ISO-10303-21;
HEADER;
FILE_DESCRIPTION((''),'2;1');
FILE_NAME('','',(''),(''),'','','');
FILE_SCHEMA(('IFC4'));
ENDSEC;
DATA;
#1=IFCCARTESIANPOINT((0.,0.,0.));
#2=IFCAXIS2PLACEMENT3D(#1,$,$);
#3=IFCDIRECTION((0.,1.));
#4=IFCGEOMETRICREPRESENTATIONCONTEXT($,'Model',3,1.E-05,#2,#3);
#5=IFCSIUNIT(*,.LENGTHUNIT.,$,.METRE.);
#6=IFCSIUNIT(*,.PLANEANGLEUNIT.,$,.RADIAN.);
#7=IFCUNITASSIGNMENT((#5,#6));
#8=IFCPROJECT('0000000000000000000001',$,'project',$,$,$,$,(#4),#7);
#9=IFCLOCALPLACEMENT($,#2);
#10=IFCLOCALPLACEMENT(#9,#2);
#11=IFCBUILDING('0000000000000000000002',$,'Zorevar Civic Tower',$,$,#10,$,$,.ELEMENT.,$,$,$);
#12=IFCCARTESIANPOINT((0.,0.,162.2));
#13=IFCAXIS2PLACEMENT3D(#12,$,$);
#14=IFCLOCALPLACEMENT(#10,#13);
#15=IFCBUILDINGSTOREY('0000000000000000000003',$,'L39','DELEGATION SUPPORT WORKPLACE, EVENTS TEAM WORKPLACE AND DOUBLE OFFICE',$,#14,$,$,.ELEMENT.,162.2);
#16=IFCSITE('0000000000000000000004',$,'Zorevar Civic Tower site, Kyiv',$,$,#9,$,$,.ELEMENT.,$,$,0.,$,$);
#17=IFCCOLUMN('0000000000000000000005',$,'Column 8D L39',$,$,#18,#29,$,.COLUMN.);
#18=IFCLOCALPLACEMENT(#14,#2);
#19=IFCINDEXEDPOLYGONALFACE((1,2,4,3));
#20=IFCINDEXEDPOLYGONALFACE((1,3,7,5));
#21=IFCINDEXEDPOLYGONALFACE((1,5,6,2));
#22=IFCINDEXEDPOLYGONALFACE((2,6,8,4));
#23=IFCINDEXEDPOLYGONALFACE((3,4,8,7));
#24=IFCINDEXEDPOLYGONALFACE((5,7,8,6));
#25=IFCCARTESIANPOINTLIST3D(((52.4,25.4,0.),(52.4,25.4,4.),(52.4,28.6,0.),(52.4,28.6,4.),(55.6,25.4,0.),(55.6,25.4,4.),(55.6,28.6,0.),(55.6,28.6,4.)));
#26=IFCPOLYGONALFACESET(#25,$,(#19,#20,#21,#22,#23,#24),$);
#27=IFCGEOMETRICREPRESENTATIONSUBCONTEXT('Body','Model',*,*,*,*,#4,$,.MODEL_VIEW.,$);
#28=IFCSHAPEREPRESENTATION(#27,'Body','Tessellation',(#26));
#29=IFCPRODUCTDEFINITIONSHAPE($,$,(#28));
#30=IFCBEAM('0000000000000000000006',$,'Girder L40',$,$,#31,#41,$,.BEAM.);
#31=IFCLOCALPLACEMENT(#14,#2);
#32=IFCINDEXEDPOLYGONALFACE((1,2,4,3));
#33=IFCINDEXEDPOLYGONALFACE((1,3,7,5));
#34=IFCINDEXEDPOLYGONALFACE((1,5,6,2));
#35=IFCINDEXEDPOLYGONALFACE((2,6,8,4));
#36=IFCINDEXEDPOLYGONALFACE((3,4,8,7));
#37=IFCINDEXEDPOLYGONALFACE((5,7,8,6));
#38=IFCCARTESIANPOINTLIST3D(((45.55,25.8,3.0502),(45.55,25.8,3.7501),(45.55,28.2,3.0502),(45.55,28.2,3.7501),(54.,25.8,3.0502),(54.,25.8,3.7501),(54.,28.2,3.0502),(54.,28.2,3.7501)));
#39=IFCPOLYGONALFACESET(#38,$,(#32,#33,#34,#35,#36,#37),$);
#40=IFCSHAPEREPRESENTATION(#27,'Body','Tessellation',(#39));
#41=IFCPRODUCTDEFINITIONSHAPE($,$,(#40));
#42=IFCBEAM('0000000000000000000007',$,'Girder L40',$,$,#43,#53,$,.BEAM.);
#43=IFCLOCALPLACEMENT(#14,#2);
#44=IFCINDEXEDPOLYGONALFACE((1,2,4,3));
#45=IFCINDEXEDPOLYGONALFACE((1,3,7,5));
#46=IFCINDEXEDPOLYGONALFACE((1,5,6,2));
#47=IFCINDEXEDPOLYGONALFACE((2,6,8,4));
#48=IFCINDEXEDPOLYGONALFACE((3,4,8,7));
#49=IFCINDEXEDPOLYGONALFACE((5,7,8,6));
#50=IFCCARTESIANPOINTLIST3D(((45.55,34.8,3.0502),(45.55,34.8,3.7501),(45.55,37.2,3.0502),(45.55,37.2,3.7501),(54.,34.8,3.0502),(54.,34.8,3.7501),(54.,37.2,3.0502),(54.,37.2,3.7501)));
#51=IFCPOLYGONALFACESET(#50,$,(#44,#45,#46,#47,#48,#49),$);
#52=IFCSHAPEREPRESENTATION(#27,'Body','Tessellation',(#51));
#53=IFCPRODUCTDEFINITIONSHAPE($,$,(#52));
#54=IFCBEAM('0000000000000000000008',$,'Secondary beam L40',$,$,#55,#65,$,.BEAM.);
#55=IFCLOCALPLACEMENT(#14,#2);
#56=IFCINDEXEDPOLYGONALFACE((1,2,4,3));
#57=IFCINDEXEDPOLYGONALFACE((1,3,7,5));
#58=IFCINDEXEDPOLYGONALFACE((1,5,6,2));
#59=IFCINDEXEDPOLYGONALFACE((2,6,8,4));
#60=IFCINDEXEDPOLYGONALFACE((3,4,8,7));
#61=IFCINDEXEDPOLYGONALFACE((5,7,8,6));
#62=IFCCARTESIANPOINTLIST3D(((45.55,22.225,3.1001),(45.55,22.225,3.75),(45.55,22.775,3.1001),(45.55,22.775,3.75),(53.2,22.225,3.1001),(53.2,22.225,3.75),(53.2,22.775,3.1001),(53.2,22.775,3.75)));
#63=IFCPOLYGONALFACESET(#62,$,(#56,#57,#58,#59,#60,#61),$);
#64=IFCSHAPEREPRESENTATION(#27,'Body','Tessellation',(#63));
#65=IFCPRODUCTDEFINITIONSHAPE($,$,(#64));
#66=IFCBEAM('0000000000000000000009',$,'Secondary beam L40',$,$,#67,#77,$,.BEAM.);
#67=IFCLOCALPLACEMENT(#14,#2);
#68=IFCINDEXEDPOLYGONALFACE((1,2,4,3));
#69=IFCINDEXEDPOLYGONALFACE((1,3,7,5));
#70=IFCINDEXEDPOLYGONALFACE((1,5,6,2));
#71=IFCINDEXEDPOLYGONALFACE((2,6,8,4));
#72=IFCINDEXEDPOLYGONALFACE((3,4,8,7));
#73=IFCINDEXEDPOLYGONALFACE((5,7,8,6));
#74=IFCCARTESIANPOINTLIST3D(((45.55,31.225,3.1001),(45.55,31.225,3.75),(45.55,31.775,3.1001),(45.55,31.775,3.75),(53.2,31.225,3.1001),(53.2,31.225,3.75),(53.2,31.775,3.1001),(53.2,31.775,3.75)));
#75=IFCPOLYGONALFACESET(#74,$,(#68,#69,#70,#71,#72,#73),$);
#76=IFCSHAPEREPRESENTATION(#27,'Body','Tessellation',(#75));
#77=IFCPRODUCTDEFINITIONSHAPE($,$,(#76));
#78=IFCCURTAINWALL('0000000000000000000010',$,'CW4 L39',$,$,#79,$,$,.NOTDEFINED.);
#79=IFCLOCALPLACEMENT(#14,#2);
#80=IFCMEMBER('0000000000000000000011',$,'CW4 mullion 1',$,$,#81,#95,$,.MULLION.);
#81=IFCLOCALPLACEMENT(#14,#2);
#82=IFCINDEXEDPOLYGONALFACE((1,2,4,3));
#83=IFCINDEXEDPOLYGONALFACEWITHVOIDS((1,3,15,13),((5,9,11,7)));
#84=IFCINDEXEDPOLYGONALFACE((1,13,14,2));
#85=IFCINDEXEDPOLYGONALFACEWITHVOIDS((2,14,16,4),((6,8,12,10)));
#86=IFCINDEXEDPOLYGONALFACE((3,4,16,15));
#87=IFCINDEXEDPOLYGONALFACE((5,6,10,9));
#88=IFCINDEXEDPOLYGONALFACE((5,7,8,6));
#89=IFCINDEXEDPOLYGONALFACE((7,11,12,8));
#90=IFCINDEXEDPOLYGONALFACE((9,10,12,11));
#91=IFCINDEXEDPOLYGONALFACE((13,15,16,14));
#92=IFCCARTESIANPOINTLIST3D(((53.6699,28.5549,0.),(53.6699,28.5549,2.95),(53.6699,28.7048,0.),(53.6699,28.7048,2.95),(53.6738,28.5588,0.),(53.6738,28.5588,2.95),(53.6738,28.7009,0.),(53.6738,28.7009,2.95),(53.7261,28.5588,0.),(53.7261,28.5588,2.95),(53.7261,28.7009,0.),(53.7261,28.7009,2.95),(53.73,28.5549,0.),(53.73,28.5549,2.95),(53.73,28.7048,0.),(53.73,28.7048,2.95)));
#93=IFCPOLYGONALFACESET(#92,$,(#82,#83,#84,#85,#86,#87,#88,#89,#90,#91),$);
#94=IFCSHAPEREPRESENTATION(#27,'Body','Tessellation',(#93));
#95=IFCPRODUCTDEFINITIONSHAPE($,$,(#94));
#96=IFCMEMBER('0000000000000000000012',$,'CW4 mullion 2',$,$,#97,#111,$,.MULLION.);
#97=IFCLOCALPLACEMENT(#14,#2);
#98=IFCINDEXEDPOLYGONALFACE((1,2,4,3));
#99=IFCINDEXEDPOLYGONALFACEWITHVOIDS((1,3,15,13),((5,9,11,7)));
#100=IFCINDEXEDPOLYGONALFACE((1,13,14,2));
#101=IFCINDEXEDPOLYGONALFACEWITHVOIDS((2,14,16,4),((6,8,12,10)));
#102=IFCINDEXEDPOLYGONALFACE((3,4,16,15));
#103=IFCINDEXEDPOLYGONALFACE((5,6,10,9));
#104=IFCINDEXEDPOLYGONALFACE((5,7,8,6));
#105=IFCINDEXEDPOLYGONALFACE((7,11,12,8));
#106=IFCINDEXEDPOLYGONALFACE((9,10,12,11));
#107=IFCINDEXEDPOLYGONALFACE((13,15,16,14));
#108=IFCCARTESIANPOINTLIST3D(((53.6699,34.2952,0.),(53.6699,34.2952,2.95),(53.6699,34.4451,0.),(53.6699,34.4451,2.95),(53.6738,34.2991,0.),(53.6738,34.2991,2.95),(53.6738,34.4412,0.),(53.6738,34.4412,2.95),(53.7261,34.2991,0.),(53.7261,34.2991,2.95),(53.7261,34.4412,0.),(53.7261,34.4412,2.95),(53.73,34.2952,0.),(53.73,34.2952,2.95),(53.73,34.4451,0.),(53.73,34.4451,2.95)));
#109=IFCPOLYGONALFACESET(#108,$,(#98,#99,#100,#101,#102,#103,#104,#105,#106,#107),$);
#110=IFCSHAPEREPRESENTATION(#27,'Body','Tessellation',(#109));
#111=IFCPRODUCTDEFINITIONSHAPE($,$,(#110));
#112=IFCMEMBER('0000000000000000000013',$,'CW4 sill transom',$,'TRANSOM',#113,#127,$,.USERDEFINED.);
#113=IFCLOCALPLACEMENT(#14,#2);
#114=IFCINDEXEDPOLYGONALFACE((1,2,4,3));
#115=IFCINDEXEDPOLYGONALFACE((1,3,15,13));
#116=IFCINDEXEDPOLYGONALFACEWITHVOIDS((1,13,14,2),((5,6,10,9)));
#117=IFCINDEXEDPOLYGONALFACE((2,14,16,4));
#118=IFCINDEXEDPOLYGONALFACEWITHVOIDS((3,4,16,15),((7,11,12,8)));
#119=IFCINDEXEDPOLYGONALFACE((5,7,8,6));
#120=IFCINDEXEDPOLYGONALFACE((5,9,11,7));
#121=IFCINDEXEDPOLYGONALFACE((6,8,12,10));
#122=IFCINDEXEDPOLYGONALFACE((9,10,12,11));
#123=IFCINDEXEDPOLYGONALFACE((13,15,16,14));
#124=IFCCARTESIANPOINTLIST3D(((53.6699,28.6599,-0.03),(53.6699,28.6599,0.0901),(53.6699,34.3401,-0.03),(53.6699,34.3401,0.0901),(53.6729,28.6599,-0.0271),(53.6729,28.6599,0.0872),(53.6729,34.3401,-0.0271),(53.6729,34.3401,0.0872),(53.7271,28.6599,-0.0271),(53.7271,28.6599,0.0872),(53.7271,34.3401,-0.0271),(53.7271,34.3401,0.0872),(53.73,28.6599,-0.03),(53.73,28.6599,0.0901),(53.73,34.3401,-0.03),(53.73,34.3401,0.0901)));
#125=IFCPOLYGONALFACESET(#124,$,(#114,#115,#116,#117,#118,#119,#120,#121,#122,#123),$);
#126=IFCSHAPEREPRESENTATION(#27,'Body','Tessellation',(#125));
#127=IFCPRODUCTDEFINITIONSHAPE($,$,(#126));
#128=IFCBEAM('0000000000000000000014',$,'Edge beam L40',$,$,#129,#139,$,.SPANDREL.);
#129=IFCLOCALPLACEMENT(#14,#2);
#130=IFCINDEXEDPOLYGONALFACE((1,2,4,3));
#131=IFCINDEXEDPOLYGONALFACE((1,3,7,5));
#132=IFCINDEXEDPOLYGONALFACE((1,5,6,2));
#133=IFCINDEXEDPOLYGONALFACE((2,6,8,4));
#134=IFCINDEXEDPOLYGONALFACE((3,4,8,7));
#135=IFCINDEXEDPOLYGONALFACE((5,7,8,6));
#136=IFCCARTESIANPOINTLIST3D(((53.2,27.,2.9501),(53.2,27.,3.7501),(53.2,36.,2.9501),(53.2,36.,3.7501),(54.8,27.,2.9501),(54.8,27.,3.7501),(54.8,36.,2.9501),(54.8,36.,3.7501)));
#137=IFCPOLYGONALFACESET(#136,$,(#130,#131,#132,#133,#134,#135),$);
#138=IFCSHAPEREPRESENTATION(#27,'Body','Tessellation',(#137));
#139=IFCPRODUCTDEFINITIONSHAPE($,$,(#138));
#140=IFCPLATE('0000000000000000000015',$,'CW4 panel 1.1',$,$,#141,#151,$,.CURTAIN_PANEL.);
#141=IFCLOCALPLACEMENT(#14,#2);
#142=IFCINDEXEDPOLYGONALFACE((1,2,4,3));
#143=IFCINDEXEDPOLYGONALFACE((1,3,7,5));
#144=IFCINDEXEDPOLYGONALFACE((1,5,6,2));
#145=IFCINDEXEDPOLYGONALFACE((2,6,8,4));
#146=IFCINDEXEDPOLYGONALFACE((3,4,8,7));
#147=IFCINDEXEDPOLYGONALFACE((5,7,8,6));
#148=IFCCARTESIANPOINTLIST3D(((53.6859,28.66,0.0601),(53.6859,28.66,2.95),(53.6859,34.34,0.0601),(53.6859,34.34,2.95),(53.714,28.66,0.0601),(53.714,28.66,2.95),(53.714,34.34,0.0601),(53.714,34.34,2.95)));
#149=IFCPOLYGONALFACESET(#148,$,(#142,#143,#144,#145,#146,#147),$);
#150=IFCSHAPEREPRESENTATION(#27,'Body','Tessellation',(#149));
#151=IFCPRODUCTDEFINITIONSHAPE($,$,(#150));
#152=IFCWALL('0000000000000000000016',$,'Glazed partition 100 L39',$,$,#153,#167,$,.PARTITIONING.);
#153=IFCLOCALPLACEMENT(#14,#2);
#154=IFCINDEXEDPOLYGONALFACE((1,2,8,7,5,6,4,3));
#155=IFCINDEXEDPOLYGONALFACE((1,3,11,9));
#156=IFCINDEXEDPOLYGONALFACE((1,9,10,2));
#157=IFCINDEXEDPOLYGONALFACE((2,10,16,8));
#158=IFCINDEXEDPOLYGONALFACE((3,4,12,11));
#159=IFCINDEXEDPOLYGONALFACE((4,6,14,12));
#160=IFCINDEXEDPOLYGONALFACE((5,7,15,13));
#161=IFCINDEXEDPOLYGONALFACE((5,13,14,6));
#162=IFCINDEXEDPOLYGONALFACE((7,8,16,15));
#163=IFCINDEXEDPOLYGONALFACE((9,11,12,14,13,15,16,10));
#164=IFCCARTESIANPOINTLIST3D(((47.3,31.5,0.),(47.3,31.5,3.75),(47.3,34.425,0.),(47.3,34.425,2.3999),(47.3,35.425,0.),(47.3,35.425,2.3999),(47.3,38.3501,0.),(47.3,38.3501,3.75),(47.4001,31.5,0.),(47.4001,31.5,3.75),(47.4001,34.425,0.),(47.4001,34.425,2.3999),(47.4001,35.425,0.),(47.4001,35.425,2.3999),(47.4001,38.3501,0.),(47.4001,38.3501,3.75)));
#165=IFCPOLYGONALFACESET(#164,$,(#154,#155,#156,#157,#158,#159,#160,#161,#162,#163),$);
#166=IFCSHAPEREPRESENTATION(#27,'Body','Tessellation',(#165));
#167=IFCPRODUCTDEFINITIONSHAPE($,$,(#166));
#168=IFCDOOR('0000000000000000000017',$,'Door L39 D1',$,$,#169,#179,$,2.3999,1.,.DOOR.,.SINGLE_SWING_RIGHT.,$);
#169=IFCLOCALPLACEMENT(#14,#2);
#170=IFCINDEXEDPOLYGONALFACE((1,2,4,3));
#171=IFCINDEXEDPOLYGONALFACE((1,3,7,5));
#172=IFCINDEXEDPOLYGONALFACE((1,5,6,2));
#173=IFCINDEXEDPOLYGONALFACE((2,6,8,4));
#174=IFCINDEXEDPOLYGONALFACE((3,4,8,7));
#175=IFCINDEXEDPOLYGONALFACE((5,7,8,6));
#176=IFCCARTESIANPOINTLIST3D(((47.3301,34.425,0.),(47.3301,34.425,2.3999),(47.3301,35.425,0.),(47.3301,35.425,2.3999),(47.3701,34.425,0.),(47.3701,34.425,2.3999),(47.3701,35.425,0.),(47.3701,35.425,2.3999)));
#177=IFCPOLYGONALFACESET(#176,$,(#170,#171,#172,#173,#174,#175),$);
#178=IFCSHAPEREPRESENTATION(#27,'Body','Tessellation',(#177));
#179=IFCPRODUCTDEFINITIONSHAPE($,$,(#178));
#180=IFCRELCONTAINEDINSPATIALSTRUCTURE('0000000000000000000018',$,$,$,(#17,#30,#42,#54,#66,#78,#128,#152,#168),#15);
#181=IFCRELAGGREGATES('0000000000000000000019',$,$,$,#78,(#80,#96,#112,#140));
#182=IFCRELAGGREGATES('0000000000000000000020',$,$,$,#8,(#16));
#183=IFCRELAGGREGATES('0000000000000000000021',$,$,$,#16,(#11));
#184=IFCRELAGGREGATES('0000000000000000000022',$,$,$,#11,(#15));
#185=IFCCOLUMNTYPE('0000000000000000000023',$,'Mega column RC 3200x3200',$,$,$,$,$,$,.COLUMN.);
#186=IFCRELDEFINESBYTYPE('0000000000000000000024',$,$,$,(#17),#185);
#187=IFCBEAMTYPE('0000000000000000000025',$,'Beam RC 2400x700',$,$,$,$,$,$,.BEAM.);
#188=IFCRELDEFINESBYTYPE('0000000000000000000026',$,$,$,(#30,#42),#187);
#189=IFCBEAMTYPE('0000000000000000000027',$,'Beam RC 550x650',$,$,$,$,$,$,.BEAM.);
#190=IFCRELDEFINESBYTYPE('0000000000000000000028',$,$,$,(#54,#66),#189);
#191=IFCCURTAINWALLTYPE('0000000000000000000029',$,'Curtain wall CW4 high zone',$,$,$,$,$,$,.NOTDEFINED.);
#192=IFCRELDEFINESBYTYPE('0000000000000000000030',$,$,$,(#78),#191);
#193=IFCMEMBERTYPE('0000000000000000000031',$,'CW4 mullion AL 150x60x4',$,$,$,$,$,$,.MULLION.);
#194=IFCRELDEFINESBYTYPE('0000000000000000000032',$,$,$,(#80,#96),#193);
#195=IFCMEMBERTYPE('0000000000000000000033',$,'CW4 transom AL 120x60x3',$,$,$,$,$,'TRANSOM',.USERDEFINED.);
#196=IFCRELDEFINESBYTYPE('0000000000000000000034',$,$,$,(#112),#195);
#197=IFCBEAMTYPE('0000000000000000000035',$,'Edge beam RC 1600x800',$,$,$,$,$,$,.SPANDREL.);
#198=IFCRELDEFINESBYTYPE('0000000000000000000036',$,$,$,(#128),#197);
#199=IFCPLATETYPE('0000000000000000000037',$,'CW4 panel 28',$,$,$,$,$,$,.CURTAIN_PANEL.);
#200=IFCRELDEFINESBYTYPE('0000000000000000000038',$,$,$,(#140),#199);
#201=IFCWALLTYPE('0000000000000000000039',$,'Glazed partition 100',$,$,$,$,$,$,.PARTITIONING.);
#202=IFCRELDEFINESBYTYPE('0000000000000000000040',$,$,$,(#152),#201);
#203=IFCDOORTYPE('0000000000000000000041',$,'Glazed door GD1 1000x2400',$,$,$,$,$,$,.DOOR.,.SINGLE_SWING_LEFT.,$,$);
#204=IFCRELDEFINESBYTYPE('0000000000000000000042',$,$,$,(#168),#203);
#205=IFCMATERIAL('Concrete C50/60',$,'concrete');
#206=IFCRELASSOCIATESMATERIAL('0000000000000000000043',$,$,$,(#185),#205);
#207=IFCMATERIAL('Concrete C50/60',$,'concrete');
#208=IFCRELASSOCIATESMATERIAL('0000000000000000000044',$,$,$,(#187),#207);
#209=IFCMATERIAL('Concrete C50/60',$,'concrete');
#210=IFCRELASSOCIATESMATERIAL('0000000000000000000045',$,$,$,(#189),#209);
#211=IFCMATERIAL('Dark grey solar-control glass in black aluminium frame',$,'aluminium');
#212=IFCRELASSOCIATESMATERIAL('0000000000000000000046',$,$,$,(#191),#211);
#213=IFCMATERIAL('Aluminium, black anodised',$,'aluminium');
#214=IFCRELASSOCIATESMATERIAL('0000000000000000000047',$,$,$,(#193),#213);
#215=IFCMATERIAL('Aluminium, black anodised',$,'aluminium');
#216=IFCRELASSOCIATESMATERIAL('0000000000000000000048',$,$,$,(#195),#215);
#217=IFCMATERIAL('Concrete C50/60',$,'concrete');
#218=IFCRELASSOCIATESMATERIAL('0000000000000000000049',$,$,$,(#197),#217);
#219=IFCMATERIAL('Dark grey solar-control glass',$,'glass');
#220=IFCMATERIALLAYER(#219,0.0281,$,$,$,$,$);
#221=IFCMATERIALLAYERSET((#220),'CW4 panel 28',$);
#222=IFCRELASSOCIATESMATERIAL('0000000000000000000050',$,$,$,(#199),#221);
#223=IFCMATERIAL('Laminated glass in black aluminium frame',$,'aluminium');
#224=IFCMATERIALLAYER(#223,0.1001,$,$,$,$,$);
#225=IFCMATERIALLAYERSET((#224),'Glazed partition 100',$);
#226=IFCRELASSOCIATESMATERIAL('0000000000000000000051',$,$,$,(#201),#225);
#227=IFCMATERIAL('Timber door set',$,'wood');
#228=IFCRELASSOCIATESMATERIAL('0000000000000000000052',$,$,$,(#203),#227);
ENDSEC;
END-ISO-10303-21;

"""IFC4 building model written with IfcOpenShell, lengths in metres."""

from ifc_helpers import new_model, si_unit, direction, frame, frame_2d, origin, origin_2d, place, context, subcontext, project, spatial, rectangle, hollow_rectangle, extrude, material, layer, layer_set, material_profile, profile_set, type_object, element, fill, aggregate, save


model = new_model("IFC4")

# Units and contexts
model_context = context("Model", 3, precision=1e-05, world=origin(), true_north=direction((0.0, 1.0)))
body_context = subcontext(model_context, "Body", "Model", "MODEL_VIEW")
ifc_project = project(units=[si_unit("LENGTHUNIT", "METRE"), si_unit("PLANEANGLEUNIT", "RADIAN")], contexts=[model_context])

# Site, building, storey
site_placement = place(None, origin())
site = spatial("IfcSite", under=ifc_project, at=site_placement, Name="Zorevar Civic Tower site, Kyiv", CompositionType="ELEMENT", RefElevation=0.0)
building_placement = place(site_placement, origin())
building = spatial("IfcBuilding", under=site, at=building_placement, Name="Zorevar Civic Tower", CompositionType="ELEMENT")
storey_placement = place(building_placement, frame((0.0, 0.0, 162.2)))
storey = spatial("IfcBuildingStorey", under=building, at=storey_placement, Name="L39", Description="DELEGATION SUPPORT WORKPLACE, EVENTS TEAM WORKPLACE AND DOUBLE OFFICE", CompositionType="ELEMENT", Elevation=162.2)

# Column
ifc_material_1 = material(Name="Concrete C50/60", Category="concrete")
ifc_material_profile_1 = material_profile(ifc_material_1, rectangle(XDim=3.2, YDim=3.2, at=origin_2d()), Name="RC 3200x3200")
ifc_profile_set_1 = profile_set([ifc_material_profile_1], Name="Concrete C50/60")
column_type = type_object("IfcColumnType", Name="Mega column RC 3200x3200", PredefinedType="COLUMN", material=ifc_profile_set_1)
column_placement = place(storey_placement, frame((54.0, 27.0, 0.0), z_axis=(0.0, 0.0, 1.0), x_axis=(1.0, 0.0, 0.0)))
element("IfcColumn", 1, at=column_placement, inside=storey, type_object=column_type, Name="Column 8D L39", PredefinedType="COLUMN", context=body_context, shape_type="SweptSolid", body=[
    extrude(rectangle(XDim=3.2, YDim=3.2, at=origin_2d()), origin(), (0.0, 0.0, 1.0), 4.0),
])

# Beams
ifc_material_2 = material(Name="Concrete C50/60", Category="concrete")
ifc_material_profile_2 = material_profile(ifc_material_2, rectangle(XDim=2.3999, YDim=0.7, at=origin_2d()), Name="RC 2400x700")
ifc_profile_set_2 = profile_set([ifc_material_profile_2], Name="Concrete C50/60")
beam_type_1 = type_object("IfcBeamType", Name="Beam RC 2400x700", PredefinedType="BEAM", material=ifc_profile_set_2)
for number, where, z_axis, x_axis, name in (
    (2, (45.55, 27.0, 3.4001), (1.0, 0.0, 0.0), (0.0, 1.0, 0.0), "Girder L40"),
    (3, (45.55, 36.0, 3.4001), (1.0, 0.0, 0.0), (0.0, 1.0, 0.0), "Girder L40"),
):
    element("IfcBeam", number, at=place(storey_placement, frame(where, z_axis=z_axis, x_axis=x_axis)), inside=storey, type_object=beam_type_1, Name=name, PredefinedType="BEAM", context=body_context, shape_type="SweptSolid", body=[
        extrude(rectangle(XDim=2.3999, YDim=0.7, at=origin_2d()), origin(), (0.0, 0.0, 1.0), 8.45),
    ])
ifc_material_3 = material(Name="Concrete C50/60", Category="concrete")
ifc_material_profile_3 = material_profile(ifc_material_3, rectangle(XDim=0.55, YDim=0.6499, at=origin_2d()), Name="RC 550x650")
ifc_profile_set_3 = profile_set([ifc_material_profile_3], Name="Concrete C50/60")
beam_type_2 = type_object("IfcBeamType", Name="Beam RC 550x650", PredefinedType="BEAM", material=ifc_profile_set_3)
for number, where, z_axis, x_axis, name in (
    (4, (45.55, 22.5, 3.425), (1.0, 0.0, 0.0), (0.0, 1.0, 0.0), "Secondary beam L40"),
    (5, (45.55, 31.5, 3.425), (1.0, 0.0, 0.0), (0.0, 1.0, 0.0), "Secondary beam L40"),
):
    element("IfcBeam", number, at=place(storey_placement, frame(where, z_axis=z_axis, x_axis=x_axis)), inside=storey, type_object=beam_type_2, Name=name, PredefinedType="BEAM", context=body_context, shape_type="SweptSolid", body=[
        extrude(rectangle(XDim=0.55, YDim=0.6499, at=origin_2d()), origin(), (0.0, 0.0, 1.0), 7.6499),
    ])

# Curtain wall, members
ifc_material_4 = material(Name="Dark grey solar-control glass in black aluminium frame", Category="aluminium")
curtain_wall_type = type_object("IfcCurtainWallType", Name="Curtain wall CW4 high zone", PredefinedType="NOTDEFINED", material=ifc_material_4)
curtain_wall_placement = place(storey_placement, origin())
curtain_wall = element("IfcCurtainWall", 6, at=curtain_wall_placement, inside=storey, type_object=curtain_wall_type, Name="CW4 L39", PredefinedType="NOTDEFINED")
ifc_material_5 = material(Name="Aluminium, black anodised", Category="aluminium")
ifc_material_profile_4 = material_profile(ifc_material_5, hollow_rectangle(XDim=0.0601, YDim=0.1499, WallThickness=0.0039, at=origin_2d()), Name="AL 150x60x4")
ifc_profile_set_4 = profile_set([ifc_material_profile_4], Name="Aluminium, black anodised")
member_type_1 = type_object("IfcMemberType", Name="CW4 mullion AL 150x60x4", PredefinedType="MULLION", material=ifc_profile_set_4)
member_1_placement = place(storey_placement, frame((53.7, 28.6299, 0.0), z_axis=(0.0, 0.0, 1.0), x_axis=(-1.0, 0.0, 0.0)))
member_1 = element("IfcMember", 7, at=member_1_placement, type_object=member_type_1, Name="CW4 mullion 1", PredefinedType="MULLION", context=body_context, shape_type="SweptSolid", body=[
    extrude(hollow_rectangle(XDim=0.0601, YDim=0.1499, WallThickness=0.0039, at=origin_2d()), origin(), (0.0, 0.0, 1.0), 2.95),
])
member_2_placement = place(storey_placement, frame((53.7, 34.3701, 0.0), z_axis=(0.0, 0.0, 1.0), x_axis=(-1.0, 0.0, 0.0)))
member_2 = element("IfcMember", 8, at=member_2_placement, type_object=member_type_1, Name="CW4 mullion 2", PredefinedType="MULLION", context=body_context, shape_type="SweptSolid", body=[
    extrude(hollow_rectangle(XDim=0.0601, YDim=0.1499, WallThickness=0.0039, at=origin_2d()), origin(), (0.0, 0.0, 1.0), 2.95),
])
ifc_material_6 = material(Name="Aluminium, black anodised", Category="aluminium")
ifc_material_profile_5 = material_profile(ifc_material_6, hollow_rectangle(XDim=0.0601, YDim=0.1201, WallThickness=0.0029, at=origin_2d()), Name="AL 120x60x3")
ifc_profile_set_5 = profile_set([ifc_material_profile_5], Name="Aluminium, black anodised")
member_type_2 = type_object("IfcMemberType", Name="CW4 transom AL 120x60x3", ElementType="TRANSOM", PredefinedType="USERDEFINED", material=ifc_profile_set_5)
member_3_placement = place(storey_placement, frame((53.7, 28.6599, 0.03), z_axis=(0.0, 1.0, 0.0), x_axis=(-1.0, 0.0, 0.0)))
member_3 = element("IfcMember", 9, at=member_3_placement, type_object=member_type_2, Name="CW4 sill transom", ObjectType="TRANSOM", PredefinedType="USERDEFINED", context=body_context, shape_type="SweptSolid", body=[
    extrude(hollow_rectangle(XDim=0.0601, YDim=0.1201, WallThickness=0.0029, at=origin_2d()), origin(), (0.0, 0.0, 1.0), 5.6802),
])

# Beam
ifc_material_7 = material(Name="Concrete C50/60", Category="concrete")
ifc_material_profile_6 = material_profile(ifc_material_7, rectangle(XDim=1.6001, YDim=0.8, at=origin_2d()), Name="RC 1600x800")
ifc_profile_set_6 = profile_set([ifc_material_profile_6], Name="Concrete C50/60")
beam_type_3 = type_object("IfcBeamType", Name="Edge beam RC 1600x800", PredefinedType="SPANDREL", material=ifc_profile_set_6)
beam_placement = place(storey_placement, frame((54.0, 27.0, 3.3501), z_axis=(0.0, 1.0, 0.0), x_axis=(-1.0, 0.0, 0.0)))
element("IfcBeam", 10, at=beam_placement, inside=storey, type_object=beam_type_3, Name="Edge beam L40", PredefinedType="SPANDREL", context=body_context, shape_type="SweptSolid", body=[
    extrude(rectangle(XDim=1.6001, YDim=0.8, at=origin_2d()), origin(), (0.0, 0.0, 1.0), 9.0),
])

# Plate
ifc_material_8 = material(Name="Dark grey solar-control glass", Category="glass")
ifc_layer_1 = layer(ifc_material_8, 0.0281)
ifc_layer_set_1 = layer_set([ifc_layer_1], Name="CW4 panel 28")
plate_type = type_object("IfcPlateType", Name="CW4 panel 28", PredefinedType="CURTAIN_PANEL", material=ifc_layer_set_1)
plate_placement = place(storey_placement, frame((53.7, 31.5, 0.0601), z_axis=(0.0, 0.0, 1.0), x_axis=(0.0, 1.0, 0.0)))
plate = element("IfcPlate", 11, at=plate_placement, type_object=plate_type, Name="CW4 panel 1.1", PredefinedType="CURTAIN_PANEL", context=body_context, shape_type="SweptSolid", body=[
    extrude(rectangle(XDim=5.6799, YDim=0.0281, at=origin_2d()), origin(), (0.0, 0.0, 1.0), 2.8899),
])
aggregate(curtain_wall, [member_1, member_2, member_3, plate])

# Wall, opening, door
ifc_material_9 = material(Name="Laminated glass in black aluminium frame", Category="aluminium")
ifc_layer_2 = layer(ifc_material_9, 0.1001)
ifc_layer_set_2 = layer_set([ifc_layer_2], Name="Glazed partition 100")
wall_type_1 = type_object("IfcWallType", Name="Glazed partition 100", PredefinedType="PARTITIONING", material=ifc_layer_set_2)
wall_1_placement = place(storey_placement, frame((47.3501, 31.5, 0.0), z_axis=(0.0, 0.0, 1.0), x_axis=(0.0, 1.0, 0.0)))
wall_1 = element("IfcWall", 12, at=wall_1_placement, inside=storey, type_object=wall_type_1, Name="Glazed partition 100 L39", PredefinedType="PARTITIONING", context=body_context, shape_type="SweptSolid", body=[
    extrude(rectangle(XDim=6.8501, YDim=0.1001, at=frame_2d((3.425, 0.0))), origin(), (0.0, 0.0, 1.0), 3.75),
])
opening_1_placement = place(wall_1_placement, frame((2.925, 0.0, 0.0)))
opening_1 = element("IfcOpeningElement", 13, at=opening_1_placement, cuts=wall_1, PredefinedType="OPENING", context=body_context, shape_type="SweptSolid", body=[
    extrude(rectangle(XDim=1.0, YDim=2.3999, at=frame_2d((0.5, 1.2))), frame((0.0, 0.0601, 0.0), z_axis=(0.0, -1.0, 0.0), x_axis=(1.0, 0.0, 0.0)), (0.0, 0.0, 1.0), 0.1201),
])
ifc_material_10 = material(Name="Timber door set", Category="wood")
door_type_1 = type_object("IfcDoorType", Name="Glazed door GD1 1000x2400", OperationType="SINGLE_SWING_LEFT", PredefinedType="DOOR", material=ifc_material_10)
door_1_placement = place(opening_1_placement, origin())
door_1 = element("IfcDoor", 14, at=door_1_placement, inside=storey, type_object=door_type_1, Name="Door L39 D1", OperationType="SINGLE_SWING_RIGHT", OverallHeight=2.3999, OverallWidth=1.0, PredefinedType="DOOR", context=body_context, shape_type="SweptSolid", body=[
    extrude(rectangle(XDim=1.0, YDim=2.3999, at=frame_2d((0.5, 1.2))), frame((0.0, 0.02, 0.0), z_axis=(0.0, -1.0, 0.0), x_axis=(1.0, 0.0, 0.0)), (0.0, 0.0, 1.0), 0.04),
])
fill(opening_1, door_1)

save(model, "model.ifc")
